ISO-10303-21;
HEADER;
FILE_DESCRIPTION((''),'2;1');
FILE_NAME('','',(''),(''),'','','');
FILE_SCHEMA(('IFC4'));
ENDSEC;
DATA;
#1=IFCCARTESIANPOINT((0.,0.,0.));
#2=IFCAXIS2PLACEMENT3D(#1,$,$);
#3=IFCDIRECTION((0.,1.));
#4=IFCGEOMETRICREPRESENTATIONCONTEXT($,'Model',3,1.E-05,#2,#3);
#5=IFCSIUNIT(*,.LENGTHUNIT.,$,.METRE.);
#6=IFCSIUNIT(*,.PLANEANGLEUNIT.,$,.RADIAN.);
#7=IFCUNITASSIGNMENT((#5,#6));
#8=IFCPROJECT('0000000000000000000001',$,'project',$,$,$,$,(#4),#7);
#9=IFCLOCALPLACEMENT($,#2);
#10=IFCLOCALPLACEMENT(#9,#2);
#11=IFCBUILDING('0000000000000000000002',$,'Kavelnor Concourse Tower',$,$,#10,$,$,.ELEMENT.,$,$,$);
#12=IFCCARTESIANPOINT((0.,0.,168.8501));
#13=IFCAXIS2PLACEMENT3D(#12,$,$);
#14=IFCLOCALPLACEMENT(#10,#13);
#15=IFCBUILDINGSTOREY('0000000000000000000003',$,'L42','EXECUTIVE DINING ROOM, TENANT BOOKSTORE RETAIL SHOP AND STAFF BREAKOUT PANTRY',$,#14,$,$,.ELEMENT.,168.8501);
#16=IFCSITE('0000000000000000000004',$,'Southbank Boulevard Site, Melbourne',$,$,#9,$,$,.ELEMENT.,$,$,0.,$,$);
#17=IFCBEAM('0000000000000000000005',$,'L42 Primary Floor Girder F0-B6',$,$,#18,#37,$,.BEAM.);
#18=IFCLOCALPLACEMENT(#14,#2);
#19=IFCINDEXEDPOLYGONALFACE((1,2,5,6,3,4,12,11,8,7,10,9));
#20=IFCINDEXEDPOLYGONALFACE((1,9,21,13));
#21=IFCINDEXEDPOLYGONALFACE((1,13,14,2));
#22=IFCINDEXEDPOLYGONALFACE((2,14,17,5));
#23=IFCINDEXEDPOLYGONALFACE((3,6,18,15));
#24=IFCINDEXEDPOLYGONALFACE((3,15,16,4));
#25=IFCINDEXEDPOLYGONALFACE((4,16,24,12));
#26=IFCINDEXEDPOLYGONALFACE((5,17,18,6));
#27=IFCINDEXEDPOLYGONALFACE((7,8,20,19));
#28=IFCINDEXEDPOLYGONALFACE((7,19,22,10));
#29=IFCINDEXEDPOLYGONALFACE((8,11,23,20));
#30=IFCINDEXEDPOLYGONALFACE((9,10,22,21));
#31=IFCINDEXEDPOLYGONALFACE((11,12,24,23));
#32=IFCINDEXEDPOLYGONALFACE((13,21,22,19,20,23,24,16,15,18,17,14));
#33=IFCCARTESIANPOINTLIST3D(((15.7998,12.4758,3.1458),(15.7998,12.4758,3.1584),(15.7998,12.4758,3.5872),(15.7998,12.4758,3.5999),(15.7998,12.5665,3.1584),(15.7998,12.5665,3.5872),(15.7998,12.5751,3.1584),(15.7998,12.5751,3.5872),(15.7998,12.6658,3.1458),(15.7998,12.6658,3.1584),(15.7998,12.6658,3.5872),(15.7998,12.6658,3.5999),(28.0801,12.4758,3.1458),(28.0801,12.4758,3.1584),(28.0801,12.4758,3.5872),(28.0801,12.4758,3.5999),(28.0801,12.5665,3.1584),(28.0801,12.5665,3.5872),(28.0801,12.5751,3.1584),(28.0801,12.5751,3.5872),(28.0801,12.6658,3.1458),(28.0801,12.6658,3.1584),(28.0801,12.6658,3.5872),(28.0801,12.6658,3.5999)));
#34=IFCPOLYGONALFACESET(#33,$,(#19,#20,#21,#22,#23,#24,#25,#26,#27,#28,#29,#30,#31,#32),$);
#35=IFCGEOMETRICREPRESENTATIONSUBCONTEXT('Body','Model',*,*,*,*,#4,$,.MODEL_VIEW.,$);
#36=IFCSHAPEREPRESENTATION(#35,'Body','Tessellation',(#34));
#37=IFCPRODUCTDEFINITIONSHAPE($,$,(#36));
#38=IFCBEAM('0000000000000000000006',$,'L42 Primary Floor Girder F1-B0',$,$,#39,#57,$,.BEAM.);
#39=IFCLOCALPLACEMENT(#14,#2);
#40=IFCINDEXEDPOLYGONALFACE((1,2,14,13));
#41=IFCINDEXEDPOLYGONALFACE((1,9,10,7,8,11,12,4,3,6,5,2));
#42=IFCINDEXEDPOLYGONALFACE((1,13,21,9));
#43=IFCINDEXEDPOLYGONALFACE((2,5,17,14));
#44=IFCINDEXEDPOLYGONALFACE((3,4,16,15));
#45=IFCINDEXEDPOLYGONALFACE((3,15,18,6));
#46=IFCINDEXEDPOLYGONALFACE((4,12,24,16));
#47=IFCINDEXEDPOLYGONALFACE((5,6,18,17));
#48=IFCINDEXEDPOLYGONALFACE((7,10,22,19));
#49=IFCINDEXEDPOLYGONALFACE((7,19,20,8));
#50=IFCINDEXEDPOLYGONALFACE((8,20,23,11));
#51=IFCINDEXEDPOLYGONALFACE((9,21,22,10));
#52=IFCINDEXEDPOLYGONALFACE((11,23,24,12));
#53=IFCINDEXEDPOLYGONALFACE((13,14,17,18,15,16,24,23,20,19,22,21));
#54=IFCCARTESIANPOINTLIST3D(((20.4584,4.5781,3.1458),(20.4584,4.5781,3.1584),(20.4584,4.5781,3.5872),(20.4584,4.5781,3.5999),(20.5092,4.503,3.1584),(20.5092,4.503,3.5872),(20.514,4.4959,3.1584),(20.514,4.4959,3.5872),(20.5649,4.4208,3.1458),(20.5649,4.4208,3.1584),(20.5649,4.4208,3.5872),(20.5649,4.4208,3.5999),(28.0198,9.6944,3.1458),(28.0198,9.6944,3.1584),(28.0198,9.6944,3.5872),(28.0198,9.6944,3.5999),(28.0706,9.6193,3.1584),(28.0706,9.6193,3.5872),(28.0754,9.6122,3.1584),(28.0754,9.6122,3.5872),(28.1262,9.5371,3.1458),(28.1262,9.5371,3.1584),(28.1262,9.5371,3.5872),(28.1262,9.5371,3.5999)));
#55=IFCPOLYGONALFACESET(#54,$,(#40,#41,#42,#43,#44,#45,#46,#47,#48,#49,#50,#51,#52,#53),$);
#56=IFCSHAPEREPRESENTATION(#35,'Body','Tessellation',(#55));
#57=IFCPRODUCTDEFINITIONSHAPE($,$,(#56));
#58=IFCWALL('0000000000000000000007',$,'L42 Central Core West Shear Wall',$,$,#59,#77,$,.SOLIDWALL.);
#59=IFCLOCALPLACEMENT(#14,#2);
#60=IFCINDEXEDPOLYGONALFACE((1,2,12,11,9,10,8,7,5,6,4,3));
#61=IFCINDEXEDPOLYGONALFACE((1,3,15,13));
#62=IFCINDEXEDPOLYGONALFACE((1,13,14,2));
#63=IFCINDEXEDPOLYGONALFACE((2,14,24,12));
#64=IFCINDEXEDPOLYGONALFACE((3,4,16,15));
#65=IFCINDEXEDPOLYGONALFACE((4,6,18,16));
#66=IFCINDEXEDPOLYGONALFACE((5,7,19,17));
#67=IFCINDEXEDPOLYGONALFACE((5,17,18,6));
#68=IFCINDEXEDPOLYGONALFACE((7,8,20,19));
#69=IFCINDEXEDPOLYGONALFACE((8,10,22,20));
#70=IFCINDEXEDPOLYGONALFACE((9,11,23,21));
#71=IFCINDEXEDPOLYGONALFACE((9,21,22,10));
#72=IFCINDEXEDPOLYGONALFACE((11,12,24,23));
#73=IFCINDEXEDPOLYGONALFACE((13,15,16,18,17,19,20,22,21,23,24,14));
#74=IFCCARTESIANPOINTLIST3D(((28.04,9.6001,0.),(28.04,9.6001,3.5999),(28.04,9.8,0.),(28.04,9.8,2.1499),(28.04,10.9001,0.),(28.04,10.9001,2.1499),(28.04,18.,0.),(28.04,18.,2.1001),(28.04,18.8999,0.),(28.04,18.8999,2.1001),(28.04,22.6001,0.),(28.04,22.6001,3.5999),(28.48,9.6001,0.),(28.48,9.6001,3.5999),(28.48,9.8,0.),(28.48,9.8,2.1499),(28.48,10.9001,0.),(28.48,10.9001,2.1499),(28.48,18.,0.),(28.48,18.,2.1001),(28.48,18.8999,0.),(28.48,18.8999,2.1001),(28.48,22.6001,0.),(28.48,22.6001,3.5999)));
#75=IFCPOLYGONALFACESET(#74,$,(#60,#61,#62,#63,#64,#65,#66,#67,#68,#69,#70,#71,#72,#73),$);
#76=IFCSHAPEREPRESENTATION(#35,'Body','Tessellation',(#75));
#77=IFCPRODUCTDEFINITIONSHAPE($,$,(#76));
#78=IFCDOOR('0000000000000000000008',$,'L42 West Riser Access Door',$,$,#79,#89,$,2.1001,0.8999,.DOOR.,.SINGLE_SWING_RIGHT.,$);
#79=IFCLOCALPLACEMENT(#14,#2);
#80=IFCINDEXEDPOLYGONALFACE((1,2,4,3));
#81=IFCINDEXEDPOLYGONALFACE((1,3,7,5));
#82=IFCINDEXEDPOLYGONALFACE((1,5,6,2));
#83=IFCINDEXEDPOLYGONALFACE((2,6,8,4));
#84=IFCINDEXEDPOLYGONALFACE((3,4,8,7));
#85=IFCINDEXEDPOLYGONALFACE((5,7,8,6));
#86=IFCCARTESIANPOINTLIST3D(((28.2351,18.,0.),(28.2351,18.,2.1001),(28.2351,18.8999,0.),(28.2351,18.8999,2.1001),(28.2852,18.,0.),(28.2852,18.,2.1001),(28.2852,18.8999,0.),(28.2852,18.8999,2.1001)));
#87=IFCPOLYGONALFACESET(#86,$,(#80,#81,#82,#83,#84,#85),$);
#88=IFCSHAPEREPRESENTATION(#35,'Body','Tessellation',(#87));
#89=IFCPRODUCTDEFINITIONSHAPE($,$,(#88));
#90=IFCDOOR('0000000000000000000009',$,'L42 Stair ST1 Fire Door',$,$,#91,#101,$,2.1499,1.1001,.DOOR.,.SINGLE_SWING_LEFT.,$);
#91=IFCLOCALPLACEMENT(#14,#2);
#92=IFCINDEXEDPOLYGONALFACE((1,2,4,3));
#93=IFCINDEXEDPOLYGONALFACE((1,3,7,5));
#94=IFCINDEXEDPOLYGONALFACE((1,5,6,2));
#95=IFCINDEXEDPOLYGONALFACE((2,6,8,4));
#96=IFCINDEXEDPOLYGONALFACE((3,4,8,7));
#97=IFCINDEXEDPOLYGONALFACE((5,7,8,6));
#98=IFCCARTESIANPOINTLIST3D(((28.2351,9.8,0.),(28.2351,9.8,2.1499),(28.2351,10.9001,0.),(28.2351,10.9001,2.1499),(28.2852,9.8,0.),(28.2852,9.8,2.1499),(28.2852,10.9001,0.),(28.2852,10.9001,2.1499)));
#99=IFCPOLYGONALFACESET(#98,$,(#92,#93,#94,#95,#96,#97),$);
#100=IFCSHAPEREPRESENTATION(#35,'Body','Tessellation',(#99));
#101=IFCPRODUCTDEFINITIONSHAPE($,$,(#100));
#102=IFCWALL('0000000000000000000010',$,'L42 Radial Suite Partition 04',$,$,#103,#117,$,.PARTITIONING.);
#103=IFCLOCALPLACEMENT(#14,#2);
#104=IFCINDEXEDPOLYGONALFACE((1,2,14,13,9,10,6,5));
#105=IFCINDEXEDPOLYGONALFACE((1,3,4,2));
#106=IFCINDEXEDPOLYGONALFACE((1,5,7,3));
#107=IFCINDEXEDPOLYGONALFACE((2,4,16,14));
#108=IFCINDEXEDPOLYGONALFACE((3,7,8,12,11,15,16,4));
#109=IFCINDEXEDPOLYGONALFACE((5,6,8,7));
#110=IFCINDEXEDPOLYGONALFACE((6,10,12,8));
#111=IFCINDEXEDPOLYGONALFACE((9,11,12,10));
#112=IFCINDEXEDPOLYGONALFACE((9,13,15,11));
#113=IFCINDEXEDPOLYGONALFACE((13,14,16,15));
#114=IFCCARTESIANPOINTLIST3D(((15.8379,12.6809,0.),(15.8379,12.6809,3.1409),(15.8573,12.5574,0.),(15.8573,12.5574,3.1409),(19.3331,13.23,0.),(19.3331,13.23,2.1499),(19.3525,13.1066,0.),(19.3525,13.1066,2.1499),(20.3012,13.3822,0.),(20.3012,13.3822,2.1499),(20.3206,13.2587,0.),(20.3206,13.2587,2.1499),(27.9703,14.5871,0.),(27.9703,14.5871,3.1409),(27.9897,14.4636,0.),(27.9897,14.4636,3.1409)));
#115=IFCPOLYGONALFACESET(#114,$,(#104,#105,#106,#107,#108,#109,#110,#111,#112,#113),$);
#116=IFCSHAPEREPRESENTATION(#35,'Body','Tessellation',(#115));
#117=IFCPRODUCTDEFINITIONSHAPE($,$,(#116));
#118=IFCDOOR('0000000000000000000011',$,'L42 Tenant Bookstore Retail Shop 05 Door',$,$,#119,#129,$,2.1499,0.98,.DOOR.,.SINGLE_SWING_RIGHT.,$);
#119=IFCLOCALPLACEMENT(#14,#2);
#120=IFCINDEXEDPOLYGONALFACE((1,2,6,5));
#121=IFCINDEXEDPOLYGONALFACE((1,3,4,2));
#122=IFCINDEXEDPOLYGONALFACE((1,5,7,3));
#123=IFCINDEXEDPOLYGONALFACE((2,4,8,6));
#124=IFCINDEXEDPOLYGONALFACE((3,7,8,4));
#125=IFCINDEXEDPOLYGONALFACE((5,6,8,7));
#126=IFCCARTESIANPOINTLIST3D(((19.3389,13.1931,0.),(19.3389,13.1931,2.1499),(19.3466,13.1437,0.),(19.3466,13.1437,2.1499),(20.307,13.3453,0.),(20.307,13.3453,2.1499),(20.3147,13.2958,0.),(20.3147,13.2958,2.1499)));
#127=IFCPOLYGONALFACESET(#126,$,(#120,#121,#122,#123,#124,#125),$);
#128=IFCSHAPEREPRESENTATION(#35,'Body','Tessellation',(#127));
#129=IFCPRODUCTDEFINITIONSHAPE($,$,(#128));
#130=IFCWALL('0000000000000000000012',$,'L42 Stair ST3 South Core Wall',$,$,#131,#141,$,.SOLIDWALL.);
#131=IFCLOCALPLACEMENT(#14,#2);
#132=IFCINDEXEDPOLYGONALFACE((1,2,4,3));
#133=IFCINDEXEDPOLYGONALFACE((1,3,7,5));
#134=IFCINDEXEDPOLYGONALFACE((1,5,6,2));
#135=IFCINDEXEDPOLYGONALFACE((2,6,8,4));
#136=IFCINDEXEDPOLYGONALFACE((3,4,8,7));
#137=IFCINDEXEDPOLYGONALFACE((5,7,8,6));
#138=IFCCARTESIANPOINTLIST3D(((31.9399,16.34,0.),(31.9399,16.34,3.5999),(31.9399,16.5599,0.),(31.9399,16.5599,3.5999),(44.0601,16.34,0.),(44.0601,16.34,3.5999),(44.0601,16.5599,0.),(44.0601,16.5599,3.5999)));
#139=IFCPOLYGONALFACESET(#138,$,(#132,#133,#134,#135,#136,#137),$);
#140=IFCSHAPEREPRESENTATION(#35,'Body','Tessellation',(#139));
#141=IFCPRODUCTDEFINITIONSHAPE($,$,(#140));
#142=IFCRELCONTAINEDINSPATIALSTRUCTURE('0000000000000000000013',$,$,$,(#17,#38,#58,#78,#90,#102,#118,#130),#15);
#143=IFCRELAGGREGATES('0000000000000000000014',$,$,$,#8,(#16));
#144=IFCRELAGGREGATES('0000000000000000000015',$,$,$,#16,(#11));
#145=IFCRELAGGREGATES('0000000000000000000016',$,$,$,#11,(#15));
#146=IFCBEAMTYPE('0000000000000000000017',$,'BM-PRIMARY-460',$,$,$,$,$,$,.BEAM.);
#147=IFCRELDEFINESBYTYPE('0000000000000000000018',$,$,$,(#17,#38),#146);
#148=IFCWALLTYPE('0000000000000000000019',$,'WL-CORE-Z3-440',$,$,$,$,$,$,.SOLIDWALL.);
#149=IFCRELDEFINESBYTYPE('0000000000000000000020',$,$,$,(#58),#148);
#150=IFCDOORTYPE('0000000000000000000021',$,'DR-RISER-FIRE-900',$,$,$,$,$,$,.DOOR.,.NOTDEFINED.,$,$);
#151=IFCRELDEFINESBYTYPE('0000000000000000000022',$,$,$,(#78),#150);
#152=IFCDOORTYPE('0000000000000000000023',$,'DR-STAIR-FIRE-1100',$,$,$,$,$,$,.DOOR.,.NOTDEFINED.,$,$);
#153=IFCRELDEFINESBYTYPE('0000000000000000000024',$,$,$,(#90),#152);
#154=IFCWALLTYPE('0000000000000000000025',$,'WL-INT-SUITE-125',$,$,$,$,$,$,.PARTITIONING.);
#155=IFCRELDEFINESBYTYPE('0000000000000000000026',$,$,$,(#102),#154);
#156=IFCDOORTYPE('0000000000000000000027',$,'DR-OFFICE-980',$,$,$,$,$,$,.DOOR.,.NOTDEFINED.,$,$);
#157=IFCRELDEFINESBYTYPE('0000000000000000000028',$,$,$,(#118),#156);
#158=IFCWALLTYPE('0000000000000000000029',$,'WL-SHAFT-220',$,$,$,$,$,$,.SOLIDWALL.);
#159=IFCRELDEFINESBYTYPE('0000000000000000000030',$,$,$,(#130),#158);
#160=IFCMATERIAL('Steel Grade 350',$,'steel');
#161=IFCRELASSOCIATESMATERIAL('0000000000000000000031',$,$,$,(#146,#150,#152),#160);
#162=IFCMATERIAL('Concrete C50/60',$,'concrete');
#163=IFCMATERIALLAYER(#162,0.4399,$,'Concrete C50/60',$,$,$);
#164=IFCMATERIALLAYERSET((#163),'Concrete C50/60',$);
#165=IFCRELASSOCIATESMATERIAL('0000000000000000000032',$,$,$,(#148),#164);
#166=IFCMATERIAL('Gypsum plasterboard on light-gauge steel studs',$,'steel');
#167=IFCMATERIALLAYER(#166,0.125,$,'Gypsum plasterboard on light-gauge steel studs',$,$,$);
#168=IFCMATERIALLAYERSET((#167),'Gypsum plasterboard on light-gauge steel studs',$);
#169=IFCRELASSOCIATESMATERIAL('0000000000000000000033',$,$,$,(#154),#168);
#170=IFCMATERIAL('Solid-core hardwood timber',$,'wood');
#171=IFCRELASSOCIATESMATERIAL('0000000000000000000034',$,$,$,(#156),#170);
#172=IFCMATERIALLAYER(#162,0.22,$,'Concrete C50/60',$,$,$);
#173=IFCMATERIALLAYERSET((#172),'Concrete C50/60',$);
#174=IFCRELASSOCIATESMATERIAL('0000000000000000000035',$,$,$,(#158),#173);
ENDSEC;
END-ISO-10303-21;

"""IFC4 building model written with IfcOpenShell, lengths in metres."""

from ifc_helpers import new_model, si_unit, direction, frame, frame_2d, origin, origin_2d, place, context, subcontext, project, spatial, rectangle, i_section, extrude, material, layer, layer_set, material_profile, profile_set, type_object, element, fill, save


model = new_model("IFC4")

# Units and contexts
model_context = context("Model", 3, precision=1e-05, world=origin(), true_north=direction((0.0, 1.0)))
body_context = subcontext(model_context, "Body", "Model", "MODEL_VIEW")
ifc_project = project(units=[si_unit("LENGTHUNIT", "METRE"), si_unit("PLANEANGLEUNIT", "RADIAN")], contexts=[model_context])

# Site, building, storey
site_placement = place(None, origin())
site = spatial("IfcSite", under=ifc_project, at=site_placement, Name="Southbank Boulevard Site, Melbourne", CompositionType="ELEMENT", RefElevation=0.0)
building_placement = place(site_placement, origin())
building = spatial("IfcBuilding", under=site, at=building_placement, Name="Kavelnor Concourse Tower", CompositionType="ELEMENT")
storey_placement = place(building_placement, frame((0.0, 0.0, 168.8501)))
storey = spatial("IfcBuildingStorey", under=building, at=storey_placement, Name="L42", Description="EXECUTIVE DINING ROOM, TENANT BOOKSTORE RETAIL SHOP AND STAFF BREAKOUT PANTRY", CompositionType="ELEMENT", Elevation=168.8501)

# Beams
ifc_material_1 = material(Name="Steel Grade 350", Category="steel")
ifc_material_profile = material_profile(ifc_material_1, i_section(OverallWidth=0.1899, OverallDepth=0.4541, WebThickness=0.0085, FlangeThickness=0.0127, at=origin_2d()), Name="460UB67")
ifc_profile_set = profile_set([ifc_material_profile], Name="Steel Grade 350")
beam_type = type_object("IfcBeamType", Name="BM-PRIMARY-460", PredefinedType="BEAM", material=ifc_profile_set)
beam_1_placement = place(storey_placement, frame((28.0801, 12.5708, 3.3728), z_axis=(-1.0, 0.0, 0.0), x_axis=(0.0, -1.0, 0.0)))
element("IfcBeam", 1, at=beam_1_placement, inside=storey, type_object=beam_type, Name="L42 Primary Floor Girder F0-B6", PredefinedType="BEAM", context=body_context, shape_type="SweptSolid", body=[
    extrude(i_section(OverallWidth=0.1899, OverallDepth=0.4541, WebThickness=0.0085, FlangeThickness=0.0127, at=origin_2d()), origin(), (0.0, 0.0, 1.0), 12.2803),
])
beam_2_placement = place(storey_placement, frame((28.073, 9.6157, 3.3728), z_axis=(-0.828221, -0.560402, 0.0), x_axis=(0.560402, -0.828221, 0.0)))
element("IfcBeam", 2, at=beam_2_placement, inside=storey, type_object=beam_type, Name="L42 Primary Floor Girder F1-B0", PredefinedType="BEAM", context=body_context, shape_type="SweptSolid", body=[
    extrude(i_section(OverallWidth=0.1899, OverallDepth=0.4541, WebThickness=0.0085, FlangeThickness=0.0127, at=origin_2d()), origin(), (0.0, 0.0, 1.0), 9.1296),
])

# Wall, openings, doors
ifc_material_2 = material(Name="Concrete C50/60", Category="concrete")
ifc_layer_1 = layer(ifc_material_2, 0.4399, Name="Concrete C50/60")
ifc_layer_set_1 = layer_set([ifc_layer_1], Name="Concrete C50/60")
wall_type_1 = type_object("IfcWallType", Name="WL-CORE-Z3-440", PredefinedType="SOLIDWALL", material=ifc_layer_set_1)
wall_1_placement = place(storey_placement, frame((28.26, 9.6001, 0.0), z_axis=(0.0, 0.0, 1.0), x_axis=(0.0, 1.0, 0.0)))
wall_1 = element("IfcWall", 3, at=wall_1_placement, inside=storey, type_object=wall_type_1, Name="L42 Central Core West Shear Wall", PredefinedType="SOLIDWALL", context=body_context, shape_type="SweptSolid", body=[
    extrude(rectangle(XDim=13.0, YDim=0.4399, at=frame_2d((6.5, 0.0))), origin(), (0.0, 0.0, 1.0), 3.5999),
])
opening_1_placement = place(wall_1_placement, frame((0.2, 0.0, 0.0)))
opening_1 = element("IfcOpeningElement", 4, at=opening_1_placement, cuts=wall_1, PredefinedType="OPENING", context=body_context, shape_type="SweptSolid", body=[
    extrude(rectangle(XDim=1.1001, YDim=2.1499, at=frame_2d((0.55, 1.075))), frame((0.0, 0.23, 0.0), z_axis=(0.0, -1.0, 0.0), x_axis=(1.0, 0.0, 0.0)), (0.0, 0.0, 1.0), 0.46),
])
opening_2_placement = place(wall_1_placement, frame((8.3999, 0.0, 0.0)))
opening_2 = element("IfcOpeningElement", 5, at=opening_2_placement, cuts=wall_1, PredefinedType="OPENING", context=body_context, shape_type="SweptSolid", body=[
    extrude(rectangle(XDim=0.8999, YDim=2.1001, at=frame_2d((0.45, 1.05))), frame((0.0, 0.23, 0.0), z_axis=(0.0, -1.0, 0.0), x_axis=(1.0, 0.0, 0.0)), (0.0, 0.0, 1.0), 0.46),
])
door_type_1 = type_object("IfcDoorType", Name="DR-RISER-FIRE-900", OperationType="NOTDEFINED", PredefinedType="DOOR", material=ifc_material_1)
door_1_placement = place(opening_2_placement, origin())
door_1 = element("IfcDoor", 6, at=door_1_placement, inside=storey, type_object=door_type_1, Name="L42 West Riser Access Door", OperationType="SINGLE_SWING_RIGHT", OverallHeight=2.1001, OverallWidth=0.8999, PredefinedType="DOOR", context=body_context, shape_type="SweptSolid", body=[
    extrude(rectangle(XDim=0.8999, YDim=2.1001, at=frame_2d((0.45, 1.05))), frame((0.0, 0.0249, 0.0), z_axis=(0.0, -1.0, 0.0), x_axis=(1.0, 0.0, 0.0)), (0.0, 0.0, 1.0), 0.05),
])
fill(opening_2, door_1)
door_type_2 = type_object("IfcDoorType", Name="DR-STAIR-FIRE-1100", OperationType="NOTDEFINED", PredefinedType="DOOR", material=ifc_material_1)
door_2_placement = place(opening_1_placement, origin())
door_2 = element("IfcDoor", 7, at=door_2_placement, inside=storey, type_object=door_type_2, Name="L42 Stair ST1 Fire Door", OperationType="SINGLE_SWING_LEFT", OverallHeight=2.1499, OverallWidth=1.1001, PredefinedType="DOOR", context=body_context, shape_type="SweptSolid", body=[
    extrude(rectangle(XDim=1.1001, YDim=2.1499, at=frame_2d((0.55, 1.075))), frame((0.0, 0.0249, 0.0), z_axis=(0.0, -1.0, 0.0), x_axis=(1.0, 0.0, 0.0)), (0.0, 0.0, 1.0), 0.05),
])
fill(opening_1, door_2)

# Wall, opening, door
ifc_material_3 = material(Name="Gypsum plasterboard on light-gauge steel studs", Category="steel")
ifc_layer_2 = layer(ifc_material_3, 0.125, Name="Gypsum plasterboard on light-gauge steel studs")
ifc_layer_set_2 = layer_set([ifc_layer_2], Name="Gypsum plasterboard on light-gauge steel studs")
wall_type_2 = type_object("IfcWallType", Name="WL-INT-SUITE-125", PredefinedType="PARTITIONING", material=ifc_layer_set_2)
wall_2_placement = place(storey_placement, frame((27.98, 14.5254, 0.0), z_axis=(0.0, 0.0, 1.0), x_axis=(-0.98788, -0.155217, 0.0)))
wall_2 = element("IfcWall", 8, at=wall_2_placement, inside=storey, type_object=wall_type_2, Name="L42 Radial Suite Partition 04", PredefinedType="PARTITIONING", context=body_context, shape_type="SweptSolid", body=[
    extrude(rectangle(XDim=12.2812, YDim=0.125, at=frame_2d((6.1406, 0.0))), origin(), (0.0, 0.0, 1.0), 3.1409),
])
opening_3_placement = place(wall_2_placement, frame((7.7632, 0.0, 0.0)))
opening_3 = element("IfcOpeningElement", 9, at=opening_3_placement, cuts=wall_2, PredefinedType="OPENING", context=body_context, shape_type="SweptSolid", body=[
    extrude(rectangle(XDim=0.98, YDim=2.1499, at=frame_2d((0.49, 1.075))), frame((0.0, 0.0725, 0.0), z_axis=(0.0, -1.0, 0.0), x_axis=(1.0, 0.0, 0.0)), (0.0, 0.0, 1.0), 0.145),
])
ifc_material_4 = material(Name="Solid-core hardwood timber", Category="wood")
door_type_3 = type_object("IfcDoorType", Name="DR-OFFICE-980", OperationType="NOTDEFINED", PredefinedType="DOOR", material=ifc_material_4)
door_3_placement = place(opening_3_placement, origin())
door_3 = element("IfcDoor", 10, at=door_3_placement, inside=storey, type_object=door_type_3, Name="L42 Tenant Bookstore Retail Shop 05 Door", OperationType="SINGLE_SWING_RIGHT", OverallHeight=2.1499, OverallWidth=0.98, PredefinedType="DOOR", context=body_context, shape_type="SweptSolid", body=[
    extrude(rectangle(XDim=0.98, YDim=2.1499, at=frame_2d((0.49, 1.075))), frame((0.0, 0.0249, 0.0), z_axis=(0.0, -1.0, 0.0), x_axis=(1.0, 0.0, 0.0)), (0.0, 0.0, 1.0), 0.05),
])
fill(opening_3, door_3)

# Wall
ifc_layer_3 = layer(ifc_material_2, 0.22, Name="Concrete C50/60")
ifc_layer_set_3 = layer_set([ifc_layer_3], Name="Concrete C50/60")
wall_type_3 = type_object("IfcWallType", Name="WL-SHAFT-220", PredefinedType="SOLIDWALL", material=ifc_layer_set_3)
wall_3_placement = place(storey_placement, frame((31.9399, 16.45, 0.0), z_axis=(0.0, 0.0, 1.0), x_axis=(1.0, 0.0, 0.0)))
element("IfcWall", 11, at=wall_3_placement, inside=storey, type_object=wall_type_3, Name="L42 Stair ST3 South Core Wall", PredefinedType="SOLIDWALL", context=body_context, shape_type="SweptSolid", body=[
    extrude(rectangle(XDim=12.1201, YDim=0.22, at=frame_2d((6.0601, 0.0))), origin(), (0.0, 0.0, 1.0), 3.5999),
])

save(model, "model.ifc")
